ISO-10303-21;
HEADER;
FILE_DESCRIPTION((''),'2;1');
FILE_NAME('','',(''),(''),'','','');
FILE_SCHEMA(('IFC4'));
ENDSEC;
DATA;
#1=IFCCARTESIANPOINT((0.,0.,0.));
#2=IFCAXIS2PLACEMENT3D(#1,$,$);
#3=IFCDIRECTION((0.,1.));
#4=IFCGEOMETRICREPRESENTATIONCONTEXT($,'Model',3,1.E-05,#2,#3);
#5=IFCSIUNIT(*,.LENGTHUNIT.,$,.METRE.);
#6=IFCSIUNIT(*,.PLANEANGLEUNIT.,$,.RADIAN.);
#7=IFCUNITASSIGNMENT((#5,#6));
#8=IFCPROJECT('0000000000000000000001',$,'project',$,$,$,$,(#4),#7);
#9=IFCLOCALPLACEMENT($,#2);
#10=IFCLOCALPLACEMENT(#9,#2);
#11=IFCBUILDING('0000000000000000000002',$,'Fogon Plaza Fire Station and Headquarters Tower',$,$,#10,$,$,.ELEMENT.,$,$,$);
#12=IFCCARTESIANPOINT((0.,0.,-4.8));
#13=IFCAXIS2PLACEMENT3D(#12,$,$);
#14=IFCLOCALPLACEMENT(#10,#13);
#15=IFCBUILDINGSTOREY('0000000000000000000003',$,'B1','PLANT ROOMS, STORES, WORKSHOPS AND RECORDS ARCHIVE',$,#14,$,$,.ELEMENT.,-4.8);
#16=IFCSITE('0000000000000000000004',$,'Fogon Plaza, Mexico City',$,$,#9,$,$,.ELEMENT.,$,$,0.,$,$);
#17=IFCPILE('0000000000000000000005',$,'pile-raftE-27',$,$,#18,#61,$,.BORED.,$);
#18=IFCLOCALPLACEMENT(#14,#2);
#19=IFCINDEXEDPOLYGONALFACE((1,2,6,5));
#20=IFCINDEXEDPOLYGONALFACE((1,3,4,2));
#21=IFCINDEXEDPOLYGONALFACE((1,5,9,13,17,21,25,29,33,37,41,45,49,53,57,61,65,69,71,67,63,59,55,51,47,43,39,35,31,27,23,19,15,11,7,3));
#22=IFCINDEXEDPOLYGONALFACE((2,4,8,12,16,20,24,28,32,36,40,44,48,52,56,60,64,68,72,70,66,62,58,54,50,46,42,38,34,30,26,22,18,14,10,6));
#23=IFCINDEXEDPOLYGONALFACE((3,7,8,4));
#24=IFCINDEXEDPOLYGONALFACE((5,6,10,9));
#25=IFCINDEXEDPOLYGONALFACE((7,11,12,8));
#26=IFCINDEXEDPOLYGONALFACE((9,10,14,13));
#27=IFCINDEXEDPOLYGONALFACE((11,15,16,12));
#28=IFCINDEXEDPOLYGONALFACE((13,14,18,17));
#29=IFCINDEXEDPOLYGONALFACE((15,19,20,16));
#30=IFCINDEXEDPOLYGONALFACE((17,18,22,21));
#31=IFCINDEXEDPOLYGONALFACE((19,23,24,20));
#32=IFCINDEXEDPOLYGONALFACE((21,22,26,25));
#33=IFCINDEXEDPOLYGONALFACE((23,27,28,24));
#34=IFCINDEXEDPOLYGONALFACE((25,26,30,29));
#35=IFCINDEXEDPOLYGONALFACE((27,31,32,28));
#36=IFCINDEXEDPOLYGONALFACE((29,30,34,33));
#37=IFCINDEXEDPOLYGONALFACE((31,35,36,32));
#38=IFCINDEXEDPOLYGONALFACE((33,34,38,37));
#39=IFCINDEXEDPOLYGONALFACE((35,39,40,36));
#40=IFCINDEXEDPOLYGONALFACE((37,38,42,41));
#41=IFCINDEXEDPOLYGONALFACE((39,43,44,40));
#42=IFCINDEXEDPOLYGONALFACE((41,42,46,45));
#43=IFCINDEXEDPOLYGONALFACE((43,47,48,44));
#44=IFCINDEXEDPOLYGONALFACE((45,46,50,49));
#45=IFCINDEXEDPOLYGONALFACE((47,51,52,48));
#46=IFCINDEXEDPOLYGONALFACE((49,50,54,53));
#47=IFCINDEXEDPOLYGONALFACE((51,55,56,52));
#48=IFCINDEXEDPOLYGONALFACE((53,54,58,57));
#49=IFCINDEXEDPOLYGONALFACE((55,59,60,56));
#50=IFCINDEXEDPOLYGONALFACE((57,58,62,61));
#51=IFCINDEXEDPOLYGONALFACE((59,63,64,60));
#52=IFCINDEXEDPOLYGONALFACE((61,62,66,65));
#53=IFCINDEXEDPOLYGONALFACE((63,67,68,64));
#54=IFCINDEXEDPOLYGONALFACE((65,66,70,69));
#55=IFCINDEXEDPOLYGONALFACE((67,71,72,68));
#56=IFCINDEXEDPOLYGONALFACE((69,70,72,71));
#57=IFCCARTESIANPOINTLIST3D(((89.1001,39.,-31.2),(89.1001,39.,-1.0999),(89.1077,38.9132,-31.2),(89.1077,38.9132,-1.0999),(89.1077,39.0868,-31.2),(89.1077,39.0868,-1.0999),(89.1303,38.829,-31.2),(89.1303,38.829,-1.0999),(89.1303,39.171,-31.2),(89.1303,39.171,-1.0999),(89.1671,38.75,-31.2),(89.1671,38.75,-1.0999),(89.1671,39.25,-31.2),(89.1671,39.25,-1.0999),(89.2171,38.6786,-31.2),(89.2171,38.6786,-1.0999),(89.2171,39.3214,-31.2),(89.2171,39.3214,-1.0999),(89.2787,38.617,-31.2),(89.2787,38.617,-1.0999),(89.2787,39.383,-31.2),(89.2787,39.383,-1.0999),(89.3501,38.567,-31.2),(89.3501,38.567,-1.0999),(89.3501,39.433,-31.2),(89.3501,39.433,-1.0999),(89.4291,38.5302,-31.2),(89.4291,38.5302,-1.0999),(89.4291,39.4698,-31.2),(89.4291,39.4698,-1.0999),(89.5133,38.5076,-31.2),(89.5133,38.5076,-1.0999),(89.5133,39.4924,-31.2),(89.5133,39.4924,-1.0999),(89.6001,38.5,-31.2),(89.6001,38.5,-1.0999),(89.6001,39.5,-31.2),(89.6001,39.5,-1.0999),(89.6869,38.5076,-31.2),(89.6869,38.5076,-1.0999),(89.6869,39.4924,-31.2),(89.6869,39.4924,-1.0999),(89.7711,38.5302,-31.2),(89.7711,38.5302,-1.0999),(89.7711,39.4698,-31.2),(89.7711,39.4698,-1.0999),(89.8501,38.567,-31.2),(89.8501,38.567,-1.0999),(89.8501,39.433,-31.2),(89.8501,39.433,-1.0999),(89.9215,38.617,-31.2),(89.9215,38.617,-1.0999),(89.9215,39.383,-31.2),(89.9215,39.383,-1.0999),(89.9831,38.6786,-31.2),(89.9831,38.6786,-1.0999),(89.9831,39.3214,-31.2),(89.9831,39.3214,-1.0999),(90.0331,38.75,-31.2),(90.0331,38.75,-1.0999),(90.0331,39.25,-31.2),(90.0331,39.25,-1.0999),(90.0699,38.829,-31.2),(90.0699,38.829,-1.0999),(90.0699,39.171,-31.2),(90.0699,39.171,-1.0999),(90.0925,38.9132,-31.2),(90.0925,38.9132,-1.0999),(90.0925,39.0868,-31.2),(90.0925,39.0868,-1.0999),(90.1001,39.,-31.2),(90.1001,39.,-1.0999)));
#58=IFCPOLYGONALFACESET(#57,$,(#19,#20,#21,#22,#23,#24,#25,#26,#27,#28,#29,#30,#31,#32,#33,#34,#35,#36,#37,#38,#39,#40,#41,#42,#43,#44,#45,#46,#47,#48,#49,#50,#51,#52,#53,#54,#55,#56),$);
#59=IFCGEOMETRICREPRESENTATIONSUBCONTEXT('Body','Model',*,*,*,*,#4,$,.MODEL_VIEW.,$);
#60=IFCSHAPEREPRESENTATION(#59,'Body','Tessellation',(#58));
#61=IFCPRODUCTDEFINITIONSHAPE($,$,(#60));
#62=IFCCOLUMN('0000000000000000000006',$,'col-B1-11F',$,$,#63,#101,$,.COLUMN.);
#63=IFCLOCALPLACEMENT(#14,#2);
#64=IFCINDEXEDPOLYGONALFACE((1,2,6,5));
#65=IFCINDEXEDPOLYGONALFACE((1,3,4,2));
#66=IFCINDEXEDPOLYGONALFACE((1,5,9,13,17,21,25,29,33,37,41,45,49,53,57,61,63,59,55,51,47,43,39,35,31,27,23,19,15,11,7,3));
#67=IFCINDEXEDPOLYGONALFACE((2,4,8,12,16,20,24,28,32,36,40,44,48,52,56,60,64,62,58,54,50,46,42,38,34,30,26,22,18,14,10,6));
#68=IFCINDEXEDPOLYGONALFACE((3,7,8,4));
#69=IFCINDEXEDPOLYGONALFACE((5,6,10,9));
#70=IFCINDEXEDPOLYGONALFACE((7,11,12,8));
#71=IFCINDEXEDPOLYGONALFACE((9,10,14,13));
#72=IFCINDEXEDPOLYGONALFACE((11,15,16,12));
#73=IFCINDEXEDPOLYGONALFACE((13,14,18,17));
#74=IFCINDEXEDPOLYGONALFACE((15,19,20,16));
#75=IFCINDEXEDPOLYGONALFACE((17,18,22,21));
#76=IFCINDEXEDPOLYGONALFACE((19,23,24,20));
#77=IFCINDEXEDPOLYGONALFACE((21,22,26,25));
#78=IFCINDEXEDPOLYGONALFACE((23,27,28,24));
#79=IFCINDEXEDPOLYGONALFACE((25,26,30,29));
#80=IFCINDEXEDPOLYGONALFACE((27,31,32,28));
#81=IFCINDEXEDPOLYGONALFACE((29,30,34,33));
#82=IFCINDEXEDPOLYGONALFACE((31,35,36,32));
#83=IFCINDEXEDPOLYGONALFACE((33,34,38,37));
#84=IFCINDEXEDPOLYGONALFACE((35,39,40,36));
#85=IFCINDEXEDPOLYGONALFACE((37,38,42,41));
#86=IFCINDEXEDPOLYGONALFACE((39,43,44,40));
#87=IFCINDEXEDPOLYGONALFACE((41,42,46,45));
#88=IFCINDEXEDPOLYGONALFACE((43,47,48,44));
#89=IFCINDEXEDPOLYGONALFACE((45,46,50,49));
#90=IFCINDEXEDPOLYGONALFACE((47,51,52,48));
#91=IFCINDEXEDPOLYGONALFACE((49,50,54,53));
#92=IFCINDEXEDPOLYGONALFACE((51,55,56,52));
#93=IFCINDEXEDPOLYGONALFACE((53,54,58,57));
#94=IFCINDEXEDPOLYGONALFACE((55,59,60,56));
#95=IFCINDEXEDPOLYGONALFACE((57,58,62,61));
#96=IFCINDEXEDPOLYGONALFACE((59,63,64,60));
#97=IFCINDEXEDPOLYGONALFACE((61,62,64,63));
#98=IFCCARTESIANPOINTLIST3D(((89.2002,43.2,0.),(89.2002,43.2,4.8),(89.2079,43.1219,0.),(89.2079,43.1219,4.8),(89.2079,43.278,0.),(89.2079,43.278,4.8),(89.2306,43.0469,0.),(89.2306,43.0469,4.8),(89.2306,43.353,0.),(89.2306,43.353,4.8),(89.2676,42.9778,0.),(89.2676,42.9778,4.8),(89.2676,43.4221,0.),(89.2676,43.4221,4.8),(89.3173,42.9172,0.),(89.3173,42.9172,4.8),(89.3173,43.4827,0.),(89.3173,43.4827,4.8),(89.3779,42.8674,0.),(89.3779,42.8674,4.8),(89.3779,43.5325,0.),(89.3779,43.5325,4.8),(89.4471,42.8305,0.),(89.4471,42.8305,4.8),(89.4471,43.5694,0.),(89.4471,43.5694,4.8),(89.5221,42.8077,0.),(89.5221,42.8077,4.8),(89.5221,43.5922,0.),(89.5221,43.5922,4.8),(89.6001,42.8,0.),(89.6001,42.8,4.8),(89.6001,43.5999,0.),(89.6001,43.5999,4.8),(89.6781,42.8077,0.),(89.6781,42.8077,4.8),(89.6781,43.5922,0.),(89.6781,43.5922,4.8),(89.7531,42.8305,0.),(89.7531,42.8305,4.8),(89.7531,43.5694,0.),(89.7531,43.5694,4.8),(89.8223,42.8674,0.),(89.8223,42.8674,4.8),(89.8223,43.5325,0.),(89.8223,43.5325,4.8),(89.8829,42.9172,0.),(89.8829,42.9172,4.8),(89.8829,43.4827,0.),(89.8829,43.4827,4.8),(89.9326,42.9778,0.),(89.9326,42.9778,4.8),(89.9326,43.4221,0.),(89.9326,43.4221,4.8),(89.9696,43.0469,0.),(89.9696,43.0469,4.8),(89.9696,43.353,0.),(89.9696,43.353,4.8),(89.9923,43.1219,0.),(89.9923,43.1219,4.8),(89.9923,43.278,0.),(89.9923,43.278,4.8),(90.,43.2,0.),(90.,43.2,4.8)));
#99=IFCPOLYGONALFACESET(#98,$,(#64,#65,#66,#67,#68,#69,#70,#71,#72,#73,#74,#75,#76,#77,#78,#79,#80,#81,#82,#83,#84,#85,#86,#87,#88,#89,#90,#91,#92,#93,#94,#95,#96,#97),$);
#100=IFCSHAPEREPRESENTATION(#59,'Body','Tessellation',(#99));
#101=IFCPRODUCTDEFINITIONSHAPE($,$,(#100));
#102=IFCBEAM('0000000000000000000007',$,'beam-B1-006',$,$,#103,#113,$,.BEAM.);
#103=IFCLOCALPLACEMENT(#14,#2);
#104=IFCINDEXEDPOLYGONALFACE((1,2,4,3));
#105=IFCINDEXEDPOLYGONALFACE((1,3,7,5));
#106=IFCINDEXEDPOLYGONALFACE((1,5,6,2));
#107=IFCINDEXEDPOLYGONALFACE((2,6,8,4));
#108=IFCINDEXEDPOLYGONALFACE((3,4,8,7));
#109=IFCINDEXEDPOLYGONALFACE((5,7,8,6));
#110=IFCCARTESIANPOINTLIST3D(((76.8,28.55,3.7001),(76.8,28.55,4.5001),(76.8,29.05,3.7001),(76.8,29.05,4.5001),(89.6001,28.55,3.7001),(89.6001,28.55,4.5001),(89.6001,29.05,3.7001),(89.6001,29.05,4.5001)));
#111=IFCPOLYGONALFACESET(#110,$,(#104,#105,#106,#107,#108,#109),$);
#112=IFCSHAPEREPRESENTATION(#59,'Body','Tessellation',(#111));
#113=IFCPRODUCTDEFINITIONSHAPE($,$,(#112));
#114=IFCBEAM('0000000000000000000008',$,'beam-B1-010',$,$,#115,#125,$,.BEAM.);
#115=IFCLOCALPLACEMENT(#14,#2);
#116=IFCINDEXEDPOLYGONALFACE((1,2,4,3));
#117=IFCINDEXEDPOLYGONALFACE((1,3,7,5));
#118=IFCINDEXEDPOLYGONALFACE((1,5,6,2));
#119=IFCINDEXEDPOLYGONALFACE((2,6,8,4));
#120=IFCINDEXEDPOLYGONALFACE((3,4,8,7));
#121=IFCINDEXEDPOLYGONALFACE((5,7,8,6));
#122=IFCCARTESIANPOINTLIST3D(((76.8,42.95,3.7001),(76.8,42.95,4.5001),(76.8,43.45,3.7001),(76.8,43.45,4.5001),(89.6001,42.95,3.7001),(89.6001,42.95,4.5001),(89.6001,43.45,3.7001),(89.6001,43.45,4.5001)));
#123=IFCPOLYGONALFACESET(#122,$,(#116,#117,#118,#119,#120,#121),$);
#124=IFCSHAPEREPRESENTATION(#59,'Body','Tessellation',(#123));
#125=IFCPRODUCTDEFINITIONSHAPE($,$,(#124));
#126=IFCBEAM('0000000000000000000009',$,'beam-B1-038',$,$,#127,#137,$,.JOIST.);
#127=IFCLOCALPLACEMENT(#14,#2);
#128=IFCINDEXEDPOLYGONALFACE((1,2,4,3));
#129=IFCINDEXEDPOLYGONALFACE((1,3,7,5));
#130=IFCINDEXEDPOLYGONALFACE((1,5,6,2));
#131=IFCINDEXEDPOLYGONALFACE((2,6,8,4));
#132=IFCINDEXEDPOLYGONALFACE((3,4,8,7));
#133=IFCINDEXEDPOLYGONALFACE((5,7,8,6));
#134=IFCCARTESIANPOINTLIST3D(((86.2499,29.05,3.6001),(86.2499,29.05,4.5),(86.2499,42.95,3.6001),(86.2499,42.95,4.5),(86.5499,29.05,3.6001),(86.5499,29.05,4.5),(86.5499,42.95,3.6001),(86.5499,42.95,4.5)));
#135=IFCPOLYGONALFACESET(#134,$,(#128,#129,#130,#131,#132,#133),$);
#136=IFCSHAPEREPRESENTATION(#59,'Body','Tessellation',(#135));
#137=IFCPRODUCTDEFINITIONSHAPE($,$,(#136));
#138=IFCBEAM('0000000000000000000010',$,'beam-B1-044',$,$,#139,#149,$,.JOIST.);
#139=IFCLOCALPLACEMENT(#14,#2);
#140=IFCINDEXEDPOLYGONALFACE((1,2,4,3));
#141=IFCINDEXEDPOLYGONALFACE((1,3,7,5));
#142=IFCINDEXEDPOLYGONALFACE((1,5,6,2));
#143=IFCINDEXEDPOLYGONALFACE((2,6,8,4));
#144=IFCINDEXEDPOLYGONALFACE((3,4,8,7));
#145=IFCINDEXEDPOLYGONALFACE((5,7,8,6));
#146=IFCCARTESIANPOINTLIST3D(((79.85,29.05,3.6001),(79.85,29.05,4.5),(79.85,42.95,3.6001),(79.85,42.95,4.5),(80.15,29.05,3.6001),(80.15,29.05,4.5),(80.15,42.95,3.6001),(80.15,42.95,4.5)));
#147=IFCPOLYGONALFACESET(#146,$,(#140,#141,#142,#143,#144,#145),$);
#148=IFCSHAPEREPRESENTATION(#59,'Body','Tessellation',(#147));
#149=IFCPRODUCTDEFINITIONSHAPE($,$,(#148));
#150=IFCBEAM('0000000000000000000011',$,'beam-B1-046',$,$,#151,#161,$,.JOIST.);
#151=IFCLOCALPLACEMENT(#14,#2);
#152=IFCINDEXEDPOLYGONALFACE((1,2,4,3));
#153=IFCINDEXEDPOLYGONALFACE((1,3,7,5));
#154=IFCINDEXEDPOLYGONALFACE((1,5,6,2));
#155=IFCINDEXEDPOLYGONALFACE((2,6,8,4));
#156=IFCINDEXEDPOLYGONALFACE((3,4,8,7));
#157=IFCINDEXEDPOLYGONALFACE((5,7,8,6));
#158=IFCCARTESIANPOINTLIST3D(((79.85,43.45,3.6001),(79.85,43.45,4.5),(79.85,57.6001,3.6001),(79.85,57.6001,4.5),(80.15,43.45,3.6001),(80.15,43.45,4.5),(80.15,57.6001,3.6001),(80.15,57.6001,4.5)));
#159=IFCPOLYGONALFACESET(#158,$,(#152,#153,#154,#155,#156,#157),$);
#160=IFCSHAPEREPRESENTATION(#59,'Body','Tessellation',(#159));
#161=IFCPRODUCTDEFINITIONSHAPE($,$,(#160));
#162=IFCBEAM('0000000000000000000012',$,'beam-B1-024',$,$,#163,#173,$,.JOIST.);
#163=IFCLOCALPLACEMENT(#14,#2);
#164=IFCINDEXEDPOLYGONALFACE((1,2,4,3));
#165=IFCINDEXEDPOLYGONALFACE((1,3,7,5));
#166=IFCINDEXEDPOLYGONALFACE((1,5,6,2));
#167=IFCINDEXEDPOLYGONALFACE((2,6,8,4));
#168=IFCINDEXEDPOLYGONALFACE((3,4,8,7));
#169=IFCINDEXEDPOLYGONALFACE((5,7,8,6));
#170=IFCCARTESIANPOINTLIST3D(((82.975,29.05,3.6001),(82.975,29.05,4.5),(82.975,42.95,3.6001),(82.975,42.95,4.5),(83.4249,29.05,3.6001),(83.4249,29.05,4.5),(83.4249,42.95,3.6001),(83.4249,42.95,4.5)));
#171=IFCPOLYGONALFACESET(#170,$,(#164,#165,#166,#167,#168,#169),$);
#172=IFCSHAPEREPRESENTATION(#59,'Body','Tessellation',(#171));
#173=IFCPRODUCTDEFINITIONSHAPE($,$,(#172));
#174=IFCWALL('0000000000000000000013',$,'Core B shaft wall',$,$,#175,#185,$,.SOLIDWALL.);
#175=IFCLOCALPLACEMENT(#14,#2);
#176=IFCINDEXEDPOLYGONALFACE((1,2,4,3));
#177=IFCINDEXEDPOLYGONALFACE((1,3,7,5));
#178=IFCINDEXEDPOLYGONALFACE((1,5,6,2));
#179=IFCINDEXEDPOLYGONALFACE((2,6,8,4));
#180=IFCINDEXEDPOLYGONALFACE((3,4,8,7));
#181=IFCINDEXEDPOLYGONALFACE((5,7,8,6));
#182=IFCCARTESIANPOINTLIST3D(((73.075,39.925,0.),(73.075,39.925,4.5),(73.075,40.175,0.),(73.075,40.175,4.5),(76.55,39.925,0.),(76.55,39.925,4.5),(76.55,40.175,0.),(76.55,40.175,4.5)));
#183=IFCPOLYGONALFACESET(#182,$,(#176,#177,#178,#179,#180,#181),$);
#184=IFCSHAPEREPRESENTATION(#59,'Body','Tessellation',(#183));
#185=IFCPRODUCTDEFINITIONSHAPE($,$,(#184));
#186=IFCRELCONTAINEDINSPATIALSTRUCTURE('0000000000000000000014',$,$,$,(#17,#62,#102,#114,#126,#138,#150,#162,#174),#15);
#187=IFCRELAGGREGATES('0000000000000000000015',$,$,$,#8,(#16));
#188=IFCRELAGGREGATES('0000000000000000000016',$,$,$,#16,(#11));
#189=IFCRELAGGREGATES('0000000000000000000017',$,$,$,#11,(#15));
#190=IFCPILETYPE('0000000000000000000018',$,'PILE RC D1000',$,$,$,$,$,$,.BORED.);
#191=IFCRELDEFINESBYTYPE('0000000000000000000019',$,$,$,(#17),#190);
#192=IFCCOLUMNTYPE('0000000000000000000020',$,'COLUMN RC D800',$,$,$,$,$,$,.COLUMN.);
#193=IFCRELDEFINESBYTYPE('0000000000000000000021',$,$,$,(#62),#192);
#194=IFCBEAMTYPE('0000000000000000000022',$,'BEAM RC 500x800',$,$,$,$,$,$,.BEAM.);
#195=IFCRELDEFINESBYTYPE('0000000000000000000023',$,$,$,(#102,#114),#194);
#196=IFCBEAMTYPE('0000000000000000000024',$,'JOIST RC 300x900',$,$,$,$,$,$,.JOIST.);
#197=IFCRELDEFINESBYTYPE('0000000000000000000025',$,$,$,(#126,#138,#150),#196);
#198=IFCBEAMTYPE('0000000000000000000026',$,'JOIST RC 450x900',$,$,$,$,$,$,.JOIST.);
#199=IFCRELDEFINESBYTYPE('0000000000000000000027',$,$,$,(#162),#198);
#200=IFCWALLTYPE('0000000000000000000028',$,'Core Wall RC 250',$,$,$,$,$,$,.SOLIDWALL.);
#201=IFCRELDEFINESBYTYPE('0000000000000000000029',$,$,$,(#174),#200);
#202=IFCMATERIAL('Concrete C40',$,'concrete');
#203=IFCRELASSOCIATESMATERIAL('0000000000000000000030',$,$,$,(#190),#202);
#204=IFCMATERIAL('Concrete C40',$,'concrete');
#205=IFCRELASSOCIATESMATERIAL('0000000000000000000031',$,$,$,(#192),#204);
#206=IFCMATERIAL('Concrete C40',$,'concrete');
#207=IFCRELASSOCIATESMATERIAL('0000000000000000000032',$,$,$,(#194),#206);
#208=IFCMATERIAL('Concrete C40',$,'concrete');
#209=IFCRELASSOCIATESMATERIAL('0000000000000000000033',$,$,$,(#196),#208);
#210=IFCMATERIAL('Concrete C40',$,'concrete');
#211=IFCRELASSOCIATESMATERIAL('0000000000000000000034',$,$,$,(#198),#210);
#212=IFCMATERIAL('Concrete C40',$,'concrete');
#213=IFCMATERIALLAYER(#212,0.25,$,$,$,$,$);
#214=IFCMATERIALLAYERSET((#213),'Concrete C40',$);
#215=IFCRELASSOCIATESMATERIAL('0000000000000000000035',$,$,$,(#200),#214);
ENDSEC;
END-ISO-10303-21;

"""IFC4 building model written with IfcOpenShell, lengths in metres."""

from ifc_helpers import new_model, si_unit, direction, frame, frame_2d, origin, origin_2d, place, context, subcontext, project, spatial, rectangle, circle, extrude, material, layer, layer_set, material_profile, profile_set, type_object, element, save


model = new_model("IFC4")

# Units and contexts
model_context = context("Model", 3, precision=1e-05, world=origin(), true_north=direction((0.0, 1.0)))
body_context = subcontext(model_context, "Body", "Model", "MODEL_VIEW")
ifc_project = project(units=[si_unit("LENGTHUNIT", "METRE"), si_unit("PLANEANGLEUNIT", "RADIAN")], contexts=[model_context])

# Site, building, storey
site_placement = place(None, origin())
site = spatial("IfcSite", under=ifc_project, at=site_placement, Name="Fogon Plaza, Mexico City", CompositionType="ELEMENT", RefElevation=0.0)
building_placement = place(site_placement, origin())
building = spatial("IfcBuilding", under=site, at=building_placement, Name="Fogon Plaza Fire Station and Headquarters Tower", CompositionType="ELEMENT")
storey_placement = place(building_placement, frame((0.0, 0.0, -4.8)))
storey = spatial("IfcBuildingStorey", under=building, at=storey_placement, Name="B1", Description="PLANT ROOMS, STORES, WORKSHOPS AND RECORDS ARCHIVE", CompositionType="ELEMENT", Elevation=-4.8)

# Pile
ifc_material_1 = material(Name="Concrete C40", Category="concrete")
ifc_material_profile_1 = material_profile(ifc_material_1, circle(Radius=0.5, at=origin_2d()), Name="RC D1000")
ifc_profile_set_1 = profile_set([ifc_material_profile_1], Name="Concrete C40")
pile_type = type_object("IfcPileType", Name="PILE RC D1000", PredefinedType="BORED", material=ifc_profile_set_1)
for number, where, z_axis, x_axis, name in (
    (1, (89.6001, 39.0, -1.0999), (0.0, 0.0, -1.0), (1.0, 0.0, 0.0), "pile-raftE-27"),
):
    element("IfcPile", number, at=place(storey_placement, frame(where, z_axis=z_axis, x_axis=x_axis)), inside=storey, type_object=pile_type, Name=name, PredefinedType="BORED", context=body_context, shape_type="SweptSolid", body=[
        extrude(circle(Radius=0.5, at=origin_2d()), origin(), (0.0, 0.0, 1.0), 30.1001),
    ])

# Column
ifc_material_2 = material(Name="Concrete C40", Category="concrete")
ifc_material_profile_2 = material_profile(ifc_material_2, circle(Radius=0.3999, at=origin_2d()), Name="RC D800")
ifc_profile_set_2 = profile_set([ifc_material_profile_2], Name="Concrete C40")
column_type = type_object("IfcColumnType", Name="COLUMN RC D800", PredefinedType="COLUMN", material=ifc_profile_set_2)
column_placement = place(storey_placement, frame((89.6001, 43.2, 0.0), z_axis=(0.0, 0.0, 1.0), x_axis=(1.0, 0.0, 0.0)))
element("IfcColumn", 2, at=column_placement, inside=storey, type_object=column_type, Name="col-B1-11F", PredefinedType="COLUMN", context=body_context, shape_type="SweptSolid", body=[
    extrude(circle(Radius=0.3999, at=origin_2d()), origin(), (0.0, 0.0, 1.0), 4.8),
])

# Beams
ifc_material_3 = material(Name="Concrete C40", Category="concrete")
ifc_material_profile_3 = material_profile(ifc_material_3, rectangle(XDim=0.5, YDim=0.8, at=origin_2d()), Name="RC 500x800")
ifc_profile_set_3 = profile_set([ifc_material_profile_3], Name="Concrete C40")
beam_type_1 = type_object("IfcBeamType", Name="BEAM RC 500x800", PredefinedType="BEAM", material=ifc_profile_set_3)
for number, where, z_axis, x_axis, name in (
    (3, (89.6001, 28.8, 4.1001), (-1.0, 0.0, 0.0), (0.0, -1.0, 0.0), "beam-B1-006"),
    (4, (89.6001, 43.2, 4.1001), (-1.0, 0.0, 0.0), (0.0, -1.0, 0.0), "beam-B1-010"),
):
    element("IfcBeam", number, at=place(storey_placement, frame(where, z_axis=z_axis, x_axis=x_axis)), inside=storey, type_object=beam_type_1, Name=name, PredefinedType="BEAM", context=body_context, shape_type="SweptSolid", body=[
        extrude(rectangle(XDim=0.5, YDim=0.8, at=origin_2d()), origin(), (0.0, 0.0, 1.0), 12.8),
    ])
ifc_material_4 = material(Name="Concrete C40", Category="concrete")
ifc_material_profile_4 = material_profile(ifc_material_4, rectangle(XDim=0.3, YDim=0.8999, at=origin_2d()), Name="RC 300x900")
ifc_profile_set_4 = profile_set([ifc_material_profile_4], Name="Concrete C40")
beam_type_2 = type_object("IfcBeamType", Name="JOIST RC 300x900", PredefinedType="JOIST", material=ifc_profile_set_4)
for number, where, z_axis, x_axis, name in (
    (5, (86.3999, 29.05, 4.05), (0.0, 1.0, 0.0), (-1.0, 0.0, 0.0), "beam-B1-038"),
    (6, (80.0, 29.05, 4.05), (0.0, 1.0, 0.0), (-1.0, 0.0, 0.0), "beam-B1-044"),
):
    element("IfcBeam", number, at=place(storey_placement, frame(where, z_axis=z_axis, x_axis=x_axis)), inside=storey, type_object=beam_type_2, Name=name, PredefinedType="JOIST", context=body_context, shape_type="SweptSolid", body=[
        extrude(rectangle(XDim=0.3, YDim=0.8999, at=origin_2d()), origin(), (0.0, 0.0, 1.0), 13.8999),
    ])
beam_1_placement = place(storey_placement, frame((80.0, 43.45, 4.05), z_axis=(0.0, 1.0, 0.0), x_axis=(-1.0, 0.0, 0.0)))
element("IfcBeam", 7, at=beam_1_placement, inside=storey, type_object=beam_type_2, Name="beam-B1-046", PredefinedType="JOIST", context=body_context, shape_type="SweptSolid", body=[
    extrude(rectangle(XDim=0.3, YDim=0.8999, at=origin_2d()), origin(), (0.0, 0.0, 1.0), 14.1501),
])
ifc_material_5 = material(Name="Concrete C40", Category="concrete")
ifc_material_profile_5 = material_profile(ifc_material_5, rectangle(XDim=0.45, YDim=0.8999, at=origin_2d()), Name="RC 450x900")
ifc_profile_set_5 = profile_set([ifc_material_profile_5], Name="Concrete C40")
beam_type_3 = type_object("IfcBeamType", Name="JOIST RC 450x900", PredefinedType="JOIST", material=ifc_profile_set_5)
beam_2_placement = place(storey_placement, frame((83.2, 29.05, 4.05), z_axis=(0.0, 1.0, 0.0), x_axis=(-1.0, 0.0, 0.0)))
element("IfcBeam", 8, at=beam_2_placement, inside=storey, type_object=beam_type_3, Name="beam-B1-024", PredefinedType="JOIST", context=body_context, shape_type="SweptSolid", body=[
    extrude(rectangle(XDim=0.45, YDim=0.8999, at=origin_2d()), origin(), (0.0, 0.0, 1.0), 13.8999),
])

# Wall
ifc_material_6 = material(Name="Concrete C40", Category="concrete")
ifc_layer_1 = layer(ifc_material_6, 0.25)
ifc_layer_set_1 = layer_set([ifc_layer_1], Name="Concrete C40")
wall_type_1 = type_object("IfcWallType", Name="Core Wall RC 250", PredefinedType="SOLIDWALL", material=ifc_layer_set_1)
for number, where, z_axis, x_axis, name in (
    (9, (76.55, 40.05, 0.0), (0.0, 0.0, 1.0), (-1.0, 0.0, 0.0), "Core B shaft wall"),
):
    element("IfcWall", number, at=place(storey_placement, frame(where, z_axis=z_axis, x_axis=x_axis)), inside=storey, type_object=wall_type_1, Name=name, PredefinedType="SOLIDWALL", context=body_context, shape_type="SweptSolid", body=[
        extrude(rectangle(XDim=3.4751, YDim=0.25, at=frame_2d((1.7375, 0.0))), origin(), (0.0, 0.0, 1.0), 4.5),
    ])

save(model, "model.ifc")
